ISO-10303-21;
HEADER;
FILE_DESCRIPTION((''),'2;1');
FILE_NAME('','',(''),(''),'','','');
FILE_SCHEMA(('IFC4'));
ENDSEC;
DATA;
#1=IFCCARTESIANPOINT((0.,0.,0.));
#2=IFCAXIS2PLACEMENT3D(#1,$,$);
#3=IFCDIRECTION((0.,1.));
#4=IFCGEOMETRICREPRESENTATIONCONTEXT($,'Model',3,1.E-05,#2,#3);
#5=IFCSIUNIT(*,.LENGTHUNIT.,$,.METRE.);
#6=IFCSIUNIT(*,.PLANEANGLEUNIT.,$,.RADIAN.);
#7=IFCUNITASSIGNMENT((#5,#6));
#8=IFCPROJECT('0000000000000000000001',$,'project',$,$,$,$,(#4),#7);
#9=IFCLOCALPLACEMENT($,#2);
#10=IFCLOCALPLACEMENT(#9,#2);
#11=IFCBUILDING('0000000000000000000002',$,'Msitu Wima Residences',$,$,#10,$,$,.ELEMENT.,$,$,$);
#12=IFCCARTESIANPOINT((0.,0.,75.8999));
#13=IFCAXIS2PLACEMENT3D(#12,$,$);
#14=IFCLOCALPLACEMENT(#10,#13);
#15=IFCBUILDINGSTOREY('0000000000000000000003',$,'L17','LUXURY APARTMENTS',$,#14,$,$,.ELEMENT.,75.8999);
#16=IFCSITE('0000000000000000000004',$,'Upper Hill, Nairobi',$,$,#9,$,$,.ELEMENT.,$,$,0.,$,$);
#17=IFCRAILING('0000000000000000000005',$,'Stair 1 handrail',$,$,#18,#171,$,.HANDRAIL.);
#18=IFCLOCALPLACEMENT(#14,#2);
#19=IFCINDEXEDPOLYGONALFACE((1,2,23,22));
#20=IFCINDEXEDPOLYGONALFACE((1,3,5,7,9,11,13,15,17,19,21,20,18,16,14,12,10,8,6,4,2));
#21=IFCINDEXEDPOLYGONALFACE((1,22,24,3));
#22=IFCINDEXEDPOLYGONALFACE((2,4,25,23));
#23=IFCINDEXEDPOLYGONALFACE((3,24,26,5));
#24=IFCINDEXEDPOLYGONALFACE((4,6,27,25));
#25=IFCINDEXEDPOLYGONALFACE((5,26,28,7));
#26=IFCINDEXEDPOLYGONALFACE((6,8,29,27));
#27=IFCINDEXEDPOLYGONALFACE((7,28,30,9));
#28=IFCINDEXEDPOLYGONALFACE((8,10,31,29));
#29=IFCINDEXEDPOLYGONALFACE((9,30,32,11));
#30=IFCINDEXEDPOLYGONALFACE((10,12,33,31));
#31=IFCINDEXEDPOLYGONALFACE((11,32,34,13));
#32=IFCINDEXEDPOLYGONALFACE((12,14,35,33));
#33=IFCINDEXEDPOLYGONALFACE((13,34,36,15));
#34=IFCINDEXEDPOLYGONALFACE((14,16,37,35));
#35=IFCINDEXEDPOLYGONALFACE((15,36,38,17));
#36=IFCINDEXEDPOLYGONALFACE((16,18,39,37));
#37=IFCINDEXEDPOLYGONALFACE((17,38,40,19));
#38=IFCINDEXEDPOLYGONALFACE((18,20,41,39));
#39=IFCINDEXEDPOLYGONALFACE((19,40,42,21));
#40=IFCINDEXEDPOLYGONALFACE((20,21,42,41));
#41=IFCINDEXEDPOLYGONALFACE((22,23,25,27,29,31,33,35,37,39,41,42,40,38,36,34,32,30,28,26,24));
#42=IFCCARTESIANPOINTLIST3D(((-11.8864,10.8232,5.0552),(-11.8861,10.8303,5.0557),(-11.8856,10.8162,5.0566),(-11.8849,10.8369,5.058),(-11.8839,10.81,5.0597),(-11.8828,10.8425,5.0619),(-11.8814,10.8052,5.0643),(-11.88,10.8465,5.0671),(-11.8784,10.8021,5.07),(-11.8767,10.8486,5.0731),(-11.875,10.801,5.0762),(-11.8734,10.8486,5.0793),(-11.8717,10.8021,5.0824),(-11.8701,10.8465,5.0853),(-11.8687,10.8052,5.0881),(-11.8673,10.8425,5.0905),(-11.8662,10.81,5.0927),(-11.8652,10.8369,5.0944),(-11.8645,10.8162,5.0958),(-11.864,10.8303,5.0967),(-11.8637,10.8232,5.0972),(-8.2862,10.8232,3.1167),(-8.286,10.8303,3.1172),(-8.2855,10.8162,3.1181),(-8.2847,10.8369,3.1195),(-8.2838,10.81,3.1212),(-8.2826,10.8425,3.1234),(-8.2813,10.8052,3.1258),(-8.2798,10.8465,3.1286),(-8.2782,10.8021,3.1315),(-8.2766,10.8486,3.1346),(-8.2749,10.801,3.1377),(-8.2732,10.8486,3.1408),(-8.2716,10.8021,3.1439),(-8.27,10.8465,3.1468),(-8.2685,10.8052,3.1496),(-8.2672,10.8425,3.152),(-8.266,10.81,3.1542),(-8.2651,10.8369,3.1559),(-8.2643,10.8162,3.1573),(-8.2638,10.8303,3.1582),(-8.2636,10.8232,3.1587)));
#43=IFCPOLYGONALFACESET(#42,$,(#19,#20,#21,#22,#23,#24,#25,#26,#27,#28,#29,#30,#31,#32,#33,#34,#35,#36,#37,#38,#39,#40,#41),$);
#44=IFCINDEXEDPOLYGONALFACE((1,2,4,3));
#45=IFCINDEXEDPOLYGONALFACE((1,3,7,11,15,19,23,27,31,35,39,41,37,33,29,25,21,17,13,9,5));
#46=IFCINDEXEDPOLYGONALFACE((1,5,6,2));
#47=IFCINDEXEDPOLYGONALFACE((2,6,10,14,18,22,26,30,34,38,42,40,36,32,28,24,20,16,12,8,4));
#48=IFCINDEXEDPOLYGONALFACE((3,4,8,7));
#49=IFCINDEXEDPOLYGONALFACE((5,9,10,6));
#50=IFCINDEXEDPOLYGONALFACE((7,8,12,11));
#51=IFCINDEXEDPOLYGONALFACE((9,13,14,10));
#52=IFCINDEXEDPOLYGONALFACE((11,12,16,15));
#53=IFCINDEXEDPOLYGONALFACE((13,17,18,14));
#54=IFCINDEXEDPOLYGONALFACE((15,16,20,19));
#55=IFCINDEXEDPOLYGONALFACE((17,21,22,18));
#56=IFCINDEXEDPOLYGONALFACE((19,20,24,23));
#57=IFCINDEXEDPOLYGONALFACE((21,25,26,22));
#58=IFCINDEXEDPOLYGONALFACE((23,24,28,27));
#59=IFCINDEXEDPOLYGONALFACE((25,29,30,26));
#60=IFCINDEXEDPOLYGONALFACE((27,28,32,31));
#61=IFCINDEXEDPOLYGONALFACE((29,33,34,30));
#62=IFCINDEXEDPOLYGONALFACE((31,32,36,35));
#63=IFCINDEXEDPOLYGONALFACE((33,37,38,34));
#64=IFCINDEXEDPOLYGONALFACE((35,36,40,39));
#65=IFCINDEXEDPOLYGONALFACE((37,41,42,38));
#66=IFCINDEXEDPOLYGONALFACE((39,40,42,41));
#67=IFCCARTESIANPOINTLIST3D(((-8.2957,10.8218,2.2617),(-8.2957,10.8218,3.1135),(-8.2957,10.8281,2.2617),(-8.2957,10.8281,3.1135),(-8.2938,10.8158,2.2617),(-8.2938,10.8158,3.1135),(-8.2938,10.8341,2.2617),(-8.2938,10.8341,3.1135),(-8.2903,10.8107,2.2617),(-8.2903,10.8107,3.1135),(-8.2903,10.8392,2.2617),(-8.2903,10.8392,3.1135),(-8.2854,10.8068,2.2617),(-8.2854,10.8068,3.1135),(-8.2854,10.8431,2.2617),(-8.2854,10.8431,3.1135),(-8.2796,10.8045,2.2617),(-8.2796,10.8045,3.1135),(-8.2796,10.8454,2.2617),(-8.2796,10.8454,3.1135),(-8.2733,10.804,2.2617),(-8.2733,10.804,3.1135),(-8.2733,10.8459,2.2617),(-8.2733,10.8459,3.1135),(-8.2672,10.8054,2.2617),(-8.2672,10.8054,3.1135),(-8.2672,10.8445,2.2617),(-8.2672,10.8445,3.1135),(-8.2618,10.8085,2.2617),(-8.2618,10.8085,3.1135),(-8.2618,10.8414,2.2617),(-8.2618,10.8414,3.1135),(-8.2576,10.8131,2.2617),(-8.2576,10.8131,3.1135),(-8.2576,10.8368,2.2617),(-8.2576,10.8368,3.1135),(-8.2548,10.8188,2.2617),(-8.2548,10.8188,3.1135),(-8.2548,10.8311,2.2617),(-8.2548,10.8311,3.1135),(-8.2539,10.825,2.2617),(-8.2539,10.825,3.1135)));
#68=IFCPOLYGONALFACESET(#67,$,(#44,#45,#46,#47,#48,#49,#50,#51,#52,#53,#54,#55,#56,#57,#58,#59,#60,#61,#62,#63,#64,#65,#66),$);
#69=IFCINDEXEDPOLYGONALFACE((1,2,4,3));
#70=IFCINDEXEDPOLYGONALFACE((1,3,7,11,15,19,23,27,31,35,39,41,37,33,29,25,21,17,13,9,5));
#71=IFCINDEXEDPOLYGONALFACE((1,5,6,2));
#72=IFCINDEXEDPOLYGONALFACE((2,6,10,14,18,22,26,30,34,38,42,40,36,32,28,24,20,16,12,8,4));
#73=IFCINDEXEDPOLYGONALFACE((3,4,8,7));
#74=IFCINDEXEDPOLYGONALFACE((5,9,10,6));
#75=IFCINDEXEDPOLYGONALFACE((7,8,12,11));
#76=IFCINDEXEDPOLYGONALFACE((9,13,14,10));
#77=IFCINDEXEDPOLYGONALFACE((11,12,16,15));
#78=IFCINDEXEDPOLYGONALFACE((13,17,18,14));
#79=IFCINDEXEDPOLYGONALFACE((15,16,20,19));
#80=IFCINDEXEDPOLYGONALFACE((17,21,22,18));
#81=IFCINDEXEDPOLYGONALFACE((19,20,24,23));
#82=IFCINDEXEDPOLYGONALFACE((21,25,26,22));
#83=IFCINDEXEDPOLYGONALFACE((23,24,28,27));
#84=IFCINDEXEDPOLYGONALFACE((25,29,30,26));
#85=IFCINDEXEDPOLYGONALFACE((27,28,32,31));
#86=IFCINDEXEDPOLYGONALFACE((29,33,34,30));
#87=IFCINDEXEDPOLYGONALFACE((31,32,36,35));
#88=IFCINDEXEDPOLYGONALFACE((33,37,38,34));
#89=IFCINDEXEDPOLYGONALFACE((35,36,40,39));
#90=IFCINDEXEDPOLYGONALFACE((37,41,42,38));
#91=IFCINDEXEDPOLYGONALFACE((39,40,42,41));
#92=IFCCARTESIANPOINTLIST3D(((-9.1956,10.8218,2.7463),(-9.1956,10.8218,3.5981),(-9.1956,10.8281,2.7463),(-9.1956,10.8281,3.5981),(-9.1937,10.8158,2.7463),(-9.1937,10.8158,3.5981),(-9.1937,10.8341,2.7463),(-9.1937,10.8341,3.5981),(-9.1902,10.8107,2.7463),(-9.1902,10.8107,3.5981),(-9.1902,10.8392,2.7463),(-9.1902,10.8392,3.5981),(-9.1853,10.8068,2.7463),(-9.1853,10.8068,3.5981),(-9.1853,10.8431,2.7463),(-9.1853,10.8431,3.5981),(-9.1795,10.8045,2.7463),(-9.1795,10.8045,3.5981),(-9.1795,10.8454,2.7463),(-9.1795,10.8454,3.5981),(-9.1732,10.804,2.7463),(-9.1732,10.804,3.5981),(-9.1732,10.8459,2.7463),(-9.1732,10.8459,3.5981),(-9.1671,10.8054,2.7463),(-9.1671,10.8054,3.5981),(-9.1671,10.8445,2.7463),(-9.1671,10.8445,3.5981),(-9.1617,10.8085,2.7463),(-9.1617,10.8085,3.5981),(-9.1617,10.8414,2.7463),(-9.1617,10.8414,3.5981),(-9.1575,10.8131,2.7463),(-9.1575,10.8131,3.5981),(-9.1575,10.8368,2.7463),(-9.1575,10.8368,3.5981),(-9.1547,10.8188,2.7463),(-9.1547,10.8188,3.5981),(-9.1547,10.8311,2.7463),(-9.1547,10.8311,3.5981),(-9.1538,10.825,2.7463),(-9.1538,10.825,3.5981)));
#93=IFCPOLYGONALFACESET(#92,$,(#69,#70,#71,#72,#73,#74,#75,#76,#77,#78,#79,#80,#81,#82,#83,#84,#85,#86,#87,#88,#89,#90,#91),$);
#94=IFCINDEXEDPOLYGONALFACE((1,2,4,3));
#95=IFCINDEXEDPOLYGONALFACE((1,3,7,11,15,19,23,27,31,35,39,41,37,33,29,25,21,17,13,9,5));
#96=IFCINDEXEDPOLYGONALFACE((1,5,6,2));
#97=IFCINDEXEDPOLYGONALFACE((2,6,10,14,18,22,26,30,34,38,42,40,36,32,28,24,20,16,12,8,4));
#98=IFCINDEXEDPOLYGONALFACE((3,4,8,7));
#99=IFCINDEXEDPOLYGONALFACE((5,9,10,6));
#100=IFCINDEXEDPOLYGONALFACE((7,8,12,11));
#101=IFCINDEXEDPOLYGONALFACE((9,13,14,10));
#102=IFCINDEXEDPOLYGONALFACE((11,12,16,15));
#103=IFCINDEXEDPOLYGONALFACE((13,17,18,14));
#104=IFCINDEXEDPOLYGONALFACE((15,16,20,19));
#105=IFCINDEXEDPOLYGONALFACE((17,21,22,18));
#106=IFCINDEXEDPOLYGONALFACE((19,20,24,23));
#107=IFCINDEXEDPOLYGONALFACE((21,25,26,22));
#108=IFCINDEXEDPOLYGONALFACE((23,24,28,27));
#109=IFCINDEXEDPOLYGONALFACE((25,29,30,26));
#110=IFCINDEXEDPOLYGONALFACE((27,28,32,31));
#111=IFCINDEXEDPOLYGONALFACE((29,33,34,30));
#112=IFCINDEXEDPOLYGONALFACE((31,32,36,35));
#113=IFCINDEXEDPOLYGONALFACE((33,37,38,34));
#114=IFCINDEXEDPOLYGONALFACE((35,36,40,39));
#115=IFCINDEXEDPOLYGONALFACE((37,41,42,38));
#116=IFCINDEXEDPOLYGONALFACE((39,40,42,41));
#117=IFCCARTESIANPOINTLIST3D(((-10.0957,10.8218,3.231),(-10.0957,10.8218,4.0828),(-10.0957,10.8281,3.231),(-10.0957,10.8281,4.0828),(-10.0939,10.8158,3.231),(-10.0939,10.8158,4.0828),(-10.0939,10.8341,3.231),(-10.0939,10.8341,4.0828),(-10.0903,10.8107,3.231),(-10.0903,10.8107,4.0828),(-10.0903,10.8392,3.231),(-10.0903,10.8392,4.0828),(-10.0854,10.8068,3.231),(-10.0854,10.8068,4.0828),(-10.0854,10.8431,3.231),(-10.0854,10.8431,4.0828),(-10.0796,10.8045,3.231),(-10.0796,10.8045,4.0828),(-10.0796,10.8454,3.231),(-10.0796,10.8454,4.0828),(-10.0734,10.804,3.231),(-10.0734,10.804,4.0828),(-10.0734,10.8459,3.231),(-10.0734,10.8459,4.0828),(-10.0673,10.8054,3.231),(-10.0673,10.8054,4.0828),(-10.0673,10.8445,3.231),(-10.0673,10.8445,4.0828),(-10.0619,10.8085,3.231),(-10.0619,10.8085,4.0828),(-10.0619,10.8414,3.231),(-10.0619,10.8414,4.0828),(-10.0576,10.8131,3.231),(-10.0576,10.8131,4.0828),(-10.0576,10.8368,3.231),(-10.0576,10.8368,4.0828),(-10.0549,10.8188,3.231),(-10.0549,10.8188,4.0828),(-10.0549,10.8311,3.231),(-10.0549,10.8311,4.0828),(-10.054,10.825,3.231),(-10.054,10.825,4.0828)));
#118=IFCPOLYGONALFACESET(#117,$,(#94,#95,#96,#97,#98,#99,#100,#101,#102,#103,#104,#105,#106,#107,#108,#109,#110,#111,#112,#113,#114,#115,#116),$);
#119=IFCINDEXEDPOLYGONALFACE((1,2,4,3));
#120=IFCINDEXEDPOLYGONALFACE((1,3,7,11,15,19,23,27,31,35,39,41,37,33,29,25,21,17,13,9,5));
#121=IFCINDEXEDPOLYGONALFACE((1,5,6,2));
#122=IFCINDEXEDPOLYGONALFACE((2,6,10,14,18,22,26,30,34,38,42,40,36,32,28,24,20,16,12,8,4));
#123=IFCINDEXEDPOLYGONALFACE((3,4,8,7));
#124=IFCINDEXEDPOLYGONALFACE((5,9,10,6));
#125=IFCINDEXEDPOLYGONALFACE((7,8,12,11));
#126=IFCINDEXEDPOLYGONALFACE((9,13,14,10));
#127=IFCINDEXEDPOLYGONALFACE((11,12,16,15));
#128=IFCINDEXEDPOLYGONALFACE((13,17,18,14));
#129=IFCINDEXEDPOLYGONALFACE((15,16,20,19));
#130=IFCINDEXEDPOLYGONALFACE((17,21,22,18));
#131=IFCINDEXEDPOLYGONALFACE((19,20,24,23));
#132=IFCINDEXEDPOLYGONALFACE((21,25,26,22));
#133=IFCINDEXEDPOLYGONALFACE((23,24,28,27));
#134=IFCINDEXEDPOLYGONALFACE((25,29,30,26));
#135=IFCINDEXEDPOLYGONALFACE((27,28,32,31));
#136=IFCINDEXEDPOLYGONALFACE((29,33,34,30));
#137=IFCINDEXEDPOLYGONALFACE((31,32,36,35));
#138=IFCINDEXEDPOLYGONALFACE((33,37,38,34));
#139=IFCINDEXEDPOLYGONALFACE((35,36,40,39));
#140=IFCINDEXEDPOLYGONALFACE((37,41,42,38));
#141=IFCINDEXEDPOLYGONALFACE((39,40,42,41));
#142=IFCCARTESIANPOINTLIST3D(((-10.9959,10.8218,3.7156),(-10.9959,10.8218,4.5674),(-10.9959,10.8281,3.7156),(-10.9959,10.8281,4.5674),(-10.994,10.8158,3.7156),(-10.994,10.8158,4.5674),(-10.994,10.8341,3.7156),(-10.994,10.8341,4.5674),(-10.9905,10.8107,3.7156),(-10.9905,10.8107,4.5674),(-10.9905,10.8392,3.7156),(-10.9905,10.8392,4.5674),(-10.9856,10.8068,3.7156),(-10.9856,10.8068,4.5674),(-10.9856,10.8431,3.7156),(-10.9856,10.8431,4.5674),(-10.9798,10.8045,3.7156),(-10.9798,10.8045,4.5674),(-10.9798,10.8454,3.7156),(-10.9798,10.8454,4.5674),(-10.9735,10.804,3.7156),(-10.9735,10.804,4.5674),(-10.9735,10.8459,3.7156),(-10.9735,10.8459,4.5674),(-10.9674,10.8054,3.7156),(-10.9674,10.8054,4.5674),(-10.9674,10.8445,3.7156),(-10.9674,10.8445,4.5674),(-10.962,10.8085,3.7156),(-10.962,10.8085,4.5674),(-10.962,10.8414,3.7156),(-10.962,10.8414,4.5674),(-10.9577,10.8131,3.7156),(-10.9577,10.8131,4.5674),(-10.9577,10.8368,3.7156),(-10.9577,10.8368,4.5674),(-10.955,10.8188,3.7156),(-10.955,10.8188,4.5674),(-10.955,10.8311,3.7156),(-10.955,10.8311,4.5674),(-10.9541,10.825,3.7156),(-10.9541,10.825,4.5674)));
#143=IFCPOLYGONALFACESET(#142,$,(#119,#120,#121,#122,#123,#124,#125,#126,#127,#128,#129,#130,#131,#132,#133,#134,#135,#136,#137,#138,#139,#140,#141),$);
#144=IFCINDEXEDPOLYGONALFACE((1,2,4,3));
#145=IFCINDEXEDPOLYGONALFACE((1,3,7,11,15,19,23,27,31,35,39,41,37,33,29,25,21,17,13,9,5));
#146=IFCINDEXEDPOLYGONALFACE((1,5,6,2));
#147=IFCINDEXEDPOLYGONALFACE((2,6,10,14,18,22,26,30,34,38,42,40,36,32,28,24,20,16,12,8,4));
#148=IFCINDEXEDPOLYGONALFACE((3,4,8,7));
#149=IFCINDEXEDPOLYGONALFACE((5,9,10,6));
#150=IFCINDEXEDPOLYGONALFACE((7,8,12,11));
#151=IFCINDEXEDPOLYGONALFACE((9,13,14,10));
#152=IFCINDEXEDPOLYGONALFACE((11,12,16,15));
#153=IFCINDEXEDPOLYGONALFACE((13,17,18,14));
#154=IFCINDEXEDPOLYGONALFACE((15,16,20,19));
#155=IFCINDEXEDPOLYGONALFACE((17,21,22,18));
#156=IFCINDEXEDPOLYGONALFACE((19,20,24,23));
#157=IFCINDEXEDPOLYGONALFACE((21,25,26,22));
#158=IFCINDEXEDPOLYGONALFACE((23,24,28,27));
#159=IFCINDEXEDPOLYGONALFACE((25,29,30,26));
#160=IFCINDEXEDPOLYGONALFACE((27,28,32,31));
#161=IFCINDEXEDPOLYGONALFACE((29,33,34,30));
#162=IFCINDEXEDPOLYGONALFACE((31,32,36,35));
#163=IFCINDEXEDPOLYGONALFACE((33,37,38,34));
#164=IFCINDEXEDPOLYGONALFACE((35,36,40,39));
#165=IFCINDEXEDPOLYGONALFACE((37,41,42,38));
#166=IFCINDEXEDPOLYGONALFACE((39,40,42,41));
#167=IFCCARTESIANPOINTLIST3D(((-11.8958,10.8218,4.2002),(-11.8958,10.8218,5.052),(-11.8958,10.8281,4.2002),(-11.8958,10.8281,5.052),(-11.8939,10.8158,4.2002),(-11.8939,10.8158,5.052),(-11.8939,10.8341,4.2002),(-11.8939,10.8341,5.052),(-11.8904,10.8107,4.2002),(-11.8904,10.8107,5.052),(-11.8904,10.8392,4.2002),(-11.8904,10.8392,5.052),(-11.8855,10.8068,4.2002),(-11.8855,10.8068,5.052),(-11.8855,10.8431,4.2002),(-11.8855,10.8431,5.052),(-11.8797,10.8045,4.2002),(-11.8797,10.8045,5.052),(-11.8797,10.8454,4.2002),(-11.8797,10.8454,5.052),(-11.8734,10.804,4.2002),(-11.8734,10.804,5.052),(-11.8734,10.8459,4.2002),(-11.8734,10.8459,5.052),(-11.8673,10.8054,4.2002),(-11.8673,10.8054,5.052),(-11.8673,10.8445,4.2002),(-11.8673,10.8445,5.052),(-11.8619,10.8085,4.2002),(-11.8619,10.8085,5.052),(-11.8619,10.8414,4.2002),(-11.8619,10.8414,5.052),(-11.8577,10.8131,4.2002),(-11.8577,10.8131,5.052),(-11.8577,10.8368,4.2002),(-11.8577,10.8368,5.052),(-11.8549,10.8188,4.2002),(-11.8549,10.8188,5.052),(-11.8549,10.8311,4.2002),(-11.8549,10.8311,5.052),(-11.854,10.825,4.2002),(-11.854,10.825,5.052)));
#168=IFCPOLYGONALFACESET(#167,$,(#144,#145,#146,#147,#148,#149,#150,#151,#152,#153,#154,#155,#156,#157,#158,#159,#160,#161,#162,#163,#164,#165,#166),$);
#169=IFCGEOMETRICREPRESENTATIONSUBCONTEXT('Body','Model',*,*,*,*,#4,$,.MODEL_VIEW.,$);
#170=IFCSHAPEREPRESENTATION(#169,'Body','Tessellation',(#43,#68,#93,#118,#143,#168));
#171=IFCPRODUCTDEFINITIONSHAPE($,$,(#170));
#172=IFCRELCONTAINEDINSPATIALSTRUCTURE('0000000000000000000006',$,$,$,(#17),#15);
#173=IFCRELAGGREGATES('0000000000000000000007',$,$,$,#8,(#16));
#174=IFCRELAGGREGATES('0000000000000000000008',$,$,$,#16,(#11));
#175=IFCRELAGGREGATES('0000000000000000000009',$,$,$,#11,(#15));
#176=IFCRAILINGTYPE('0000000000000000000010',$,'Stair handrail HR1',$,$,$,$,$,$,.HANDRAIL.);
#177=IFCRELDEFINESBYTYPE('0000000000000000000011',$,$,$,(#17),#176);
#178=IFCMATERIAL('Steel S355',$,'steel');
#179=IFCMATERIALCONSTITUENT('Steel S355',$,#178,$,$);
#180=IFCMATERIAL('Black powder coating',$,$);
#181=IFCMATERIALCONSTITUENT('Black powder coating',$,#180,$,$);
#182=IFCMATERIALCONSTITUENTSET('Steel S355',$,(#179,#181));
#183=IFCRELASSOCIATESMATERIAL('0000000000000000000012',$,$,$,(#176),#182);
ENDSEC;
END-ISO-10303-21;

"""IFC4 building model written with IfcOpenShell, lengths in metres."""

from ifc_helpers import new_model, si_unit, direction, frame, origin, origin_2d, place, context, subcontext, project, spatial, circle, extrude, material, constituent, constituent_set, type_object, element, save


model = new_model("IFC4")

# Units and contexts
model_context = context("Model", 3, precision=1e-05, world=origin(), true_north=direction((0.0, 1.0)))
body_context = subcontext(model_context, "Body", "Model", "MODEL_VIEW")
ifc_project = project(units=[si_unit("LENGTHUNIT", "METRE"), si_unit("PLANEANGLEUNIT", "RADIAN")], contexts=[model_context])

# Site, building, storey
site_placement = place(None, origin())
site = spatial("IfcSite", under=ifc_project, at=site_placement, Name="Upper Hill, Nairobi", CompositionType="ELEMENT", RefElevation=0.0)
building_placement = place(site_placement, origin())
building = spatial("IfcBuilding", under=site, at=building_placement, Name="Msitu Wima Residences", CompositionType="ELEMENT")
storey_placement = place(building_placement, frame((0.0, 0.0, 75.8999)))
storey = spatial("IfcBuildingStorey", under=building, at=storey_placement, Name="L17", Description="LUXURY APARTMENTS", CompositionType="ELEMENT", Elevation=75.8999)

# Railing
ifc_material_1 = material(Name="Steel S355", Category="steel")
ifc_constituent_1 = constituent(ifc_material_1, Name="Steel S355")
ifc_material_2 = material(Name="Black powder coating")
ifc_constituent_2 = constituent(ifc_material_2, Name="Black powder coating")
ifc_constituent_set = constituent_set(constituents=[ifc_constituent_1, ifc_constituent_2], Name="Steel S355")
railing_type = type_object("IfcRailingType", Name="Stair handrail HR1", PredefinedType="HANDRAIL", material=ifc_constituent_set)
for number, where, name in (
    (1, (-8.2749, 10.825, 2.2617), "Stair 1 handrail"),
):
    element("IfcRailing", number, at=place(storey_placement, frame(where)), inside=storey, type_object=railing_type, Name=name, PredefinedType="HANDRAIL", context=body_context, shape_type="SweptSolid", body=[
        extrude(circle(Radius=0.0239, at=origin_2d()), frame((0.0, 0.0, 0.876), z_axis=(-0.880475, 0.0, 0.474093), x_axis=(0.0, -1.0, 0.0)), (0.0, 0.0, 1.0), 4.0889),
        extrude(circle(Radius=0.021, at=origin_2d()), origin(), (0.0, 0.0, 1.0), 0.8518),
        extrude(circle(Radius=0.021, at=origin_2d()), frame((-0.8999, 0.0, 0.4846)), (0.0, 0.0, 1.0), 0.8518),
        extrude(circle(Radius=0.021, at=origin_2d()), frame((-1.8, 0.0, 0.9692)), (0.0, 0.0, 1.0), 0.8518),
        extrude(circle(Radius=0.021, at=origin_2d()), frame((-2.7002, 0.0, 1.4539)), (0.0, 0.0, 1.0), 0.8518),
        extrude(circle(Radius=0.021, at=origin_2d()), frame((-3.6001, 0.0, 1.9385)), (0.0, 0.0, 1.0), 0.8518),
    ])

save(model, "model.ifc")
